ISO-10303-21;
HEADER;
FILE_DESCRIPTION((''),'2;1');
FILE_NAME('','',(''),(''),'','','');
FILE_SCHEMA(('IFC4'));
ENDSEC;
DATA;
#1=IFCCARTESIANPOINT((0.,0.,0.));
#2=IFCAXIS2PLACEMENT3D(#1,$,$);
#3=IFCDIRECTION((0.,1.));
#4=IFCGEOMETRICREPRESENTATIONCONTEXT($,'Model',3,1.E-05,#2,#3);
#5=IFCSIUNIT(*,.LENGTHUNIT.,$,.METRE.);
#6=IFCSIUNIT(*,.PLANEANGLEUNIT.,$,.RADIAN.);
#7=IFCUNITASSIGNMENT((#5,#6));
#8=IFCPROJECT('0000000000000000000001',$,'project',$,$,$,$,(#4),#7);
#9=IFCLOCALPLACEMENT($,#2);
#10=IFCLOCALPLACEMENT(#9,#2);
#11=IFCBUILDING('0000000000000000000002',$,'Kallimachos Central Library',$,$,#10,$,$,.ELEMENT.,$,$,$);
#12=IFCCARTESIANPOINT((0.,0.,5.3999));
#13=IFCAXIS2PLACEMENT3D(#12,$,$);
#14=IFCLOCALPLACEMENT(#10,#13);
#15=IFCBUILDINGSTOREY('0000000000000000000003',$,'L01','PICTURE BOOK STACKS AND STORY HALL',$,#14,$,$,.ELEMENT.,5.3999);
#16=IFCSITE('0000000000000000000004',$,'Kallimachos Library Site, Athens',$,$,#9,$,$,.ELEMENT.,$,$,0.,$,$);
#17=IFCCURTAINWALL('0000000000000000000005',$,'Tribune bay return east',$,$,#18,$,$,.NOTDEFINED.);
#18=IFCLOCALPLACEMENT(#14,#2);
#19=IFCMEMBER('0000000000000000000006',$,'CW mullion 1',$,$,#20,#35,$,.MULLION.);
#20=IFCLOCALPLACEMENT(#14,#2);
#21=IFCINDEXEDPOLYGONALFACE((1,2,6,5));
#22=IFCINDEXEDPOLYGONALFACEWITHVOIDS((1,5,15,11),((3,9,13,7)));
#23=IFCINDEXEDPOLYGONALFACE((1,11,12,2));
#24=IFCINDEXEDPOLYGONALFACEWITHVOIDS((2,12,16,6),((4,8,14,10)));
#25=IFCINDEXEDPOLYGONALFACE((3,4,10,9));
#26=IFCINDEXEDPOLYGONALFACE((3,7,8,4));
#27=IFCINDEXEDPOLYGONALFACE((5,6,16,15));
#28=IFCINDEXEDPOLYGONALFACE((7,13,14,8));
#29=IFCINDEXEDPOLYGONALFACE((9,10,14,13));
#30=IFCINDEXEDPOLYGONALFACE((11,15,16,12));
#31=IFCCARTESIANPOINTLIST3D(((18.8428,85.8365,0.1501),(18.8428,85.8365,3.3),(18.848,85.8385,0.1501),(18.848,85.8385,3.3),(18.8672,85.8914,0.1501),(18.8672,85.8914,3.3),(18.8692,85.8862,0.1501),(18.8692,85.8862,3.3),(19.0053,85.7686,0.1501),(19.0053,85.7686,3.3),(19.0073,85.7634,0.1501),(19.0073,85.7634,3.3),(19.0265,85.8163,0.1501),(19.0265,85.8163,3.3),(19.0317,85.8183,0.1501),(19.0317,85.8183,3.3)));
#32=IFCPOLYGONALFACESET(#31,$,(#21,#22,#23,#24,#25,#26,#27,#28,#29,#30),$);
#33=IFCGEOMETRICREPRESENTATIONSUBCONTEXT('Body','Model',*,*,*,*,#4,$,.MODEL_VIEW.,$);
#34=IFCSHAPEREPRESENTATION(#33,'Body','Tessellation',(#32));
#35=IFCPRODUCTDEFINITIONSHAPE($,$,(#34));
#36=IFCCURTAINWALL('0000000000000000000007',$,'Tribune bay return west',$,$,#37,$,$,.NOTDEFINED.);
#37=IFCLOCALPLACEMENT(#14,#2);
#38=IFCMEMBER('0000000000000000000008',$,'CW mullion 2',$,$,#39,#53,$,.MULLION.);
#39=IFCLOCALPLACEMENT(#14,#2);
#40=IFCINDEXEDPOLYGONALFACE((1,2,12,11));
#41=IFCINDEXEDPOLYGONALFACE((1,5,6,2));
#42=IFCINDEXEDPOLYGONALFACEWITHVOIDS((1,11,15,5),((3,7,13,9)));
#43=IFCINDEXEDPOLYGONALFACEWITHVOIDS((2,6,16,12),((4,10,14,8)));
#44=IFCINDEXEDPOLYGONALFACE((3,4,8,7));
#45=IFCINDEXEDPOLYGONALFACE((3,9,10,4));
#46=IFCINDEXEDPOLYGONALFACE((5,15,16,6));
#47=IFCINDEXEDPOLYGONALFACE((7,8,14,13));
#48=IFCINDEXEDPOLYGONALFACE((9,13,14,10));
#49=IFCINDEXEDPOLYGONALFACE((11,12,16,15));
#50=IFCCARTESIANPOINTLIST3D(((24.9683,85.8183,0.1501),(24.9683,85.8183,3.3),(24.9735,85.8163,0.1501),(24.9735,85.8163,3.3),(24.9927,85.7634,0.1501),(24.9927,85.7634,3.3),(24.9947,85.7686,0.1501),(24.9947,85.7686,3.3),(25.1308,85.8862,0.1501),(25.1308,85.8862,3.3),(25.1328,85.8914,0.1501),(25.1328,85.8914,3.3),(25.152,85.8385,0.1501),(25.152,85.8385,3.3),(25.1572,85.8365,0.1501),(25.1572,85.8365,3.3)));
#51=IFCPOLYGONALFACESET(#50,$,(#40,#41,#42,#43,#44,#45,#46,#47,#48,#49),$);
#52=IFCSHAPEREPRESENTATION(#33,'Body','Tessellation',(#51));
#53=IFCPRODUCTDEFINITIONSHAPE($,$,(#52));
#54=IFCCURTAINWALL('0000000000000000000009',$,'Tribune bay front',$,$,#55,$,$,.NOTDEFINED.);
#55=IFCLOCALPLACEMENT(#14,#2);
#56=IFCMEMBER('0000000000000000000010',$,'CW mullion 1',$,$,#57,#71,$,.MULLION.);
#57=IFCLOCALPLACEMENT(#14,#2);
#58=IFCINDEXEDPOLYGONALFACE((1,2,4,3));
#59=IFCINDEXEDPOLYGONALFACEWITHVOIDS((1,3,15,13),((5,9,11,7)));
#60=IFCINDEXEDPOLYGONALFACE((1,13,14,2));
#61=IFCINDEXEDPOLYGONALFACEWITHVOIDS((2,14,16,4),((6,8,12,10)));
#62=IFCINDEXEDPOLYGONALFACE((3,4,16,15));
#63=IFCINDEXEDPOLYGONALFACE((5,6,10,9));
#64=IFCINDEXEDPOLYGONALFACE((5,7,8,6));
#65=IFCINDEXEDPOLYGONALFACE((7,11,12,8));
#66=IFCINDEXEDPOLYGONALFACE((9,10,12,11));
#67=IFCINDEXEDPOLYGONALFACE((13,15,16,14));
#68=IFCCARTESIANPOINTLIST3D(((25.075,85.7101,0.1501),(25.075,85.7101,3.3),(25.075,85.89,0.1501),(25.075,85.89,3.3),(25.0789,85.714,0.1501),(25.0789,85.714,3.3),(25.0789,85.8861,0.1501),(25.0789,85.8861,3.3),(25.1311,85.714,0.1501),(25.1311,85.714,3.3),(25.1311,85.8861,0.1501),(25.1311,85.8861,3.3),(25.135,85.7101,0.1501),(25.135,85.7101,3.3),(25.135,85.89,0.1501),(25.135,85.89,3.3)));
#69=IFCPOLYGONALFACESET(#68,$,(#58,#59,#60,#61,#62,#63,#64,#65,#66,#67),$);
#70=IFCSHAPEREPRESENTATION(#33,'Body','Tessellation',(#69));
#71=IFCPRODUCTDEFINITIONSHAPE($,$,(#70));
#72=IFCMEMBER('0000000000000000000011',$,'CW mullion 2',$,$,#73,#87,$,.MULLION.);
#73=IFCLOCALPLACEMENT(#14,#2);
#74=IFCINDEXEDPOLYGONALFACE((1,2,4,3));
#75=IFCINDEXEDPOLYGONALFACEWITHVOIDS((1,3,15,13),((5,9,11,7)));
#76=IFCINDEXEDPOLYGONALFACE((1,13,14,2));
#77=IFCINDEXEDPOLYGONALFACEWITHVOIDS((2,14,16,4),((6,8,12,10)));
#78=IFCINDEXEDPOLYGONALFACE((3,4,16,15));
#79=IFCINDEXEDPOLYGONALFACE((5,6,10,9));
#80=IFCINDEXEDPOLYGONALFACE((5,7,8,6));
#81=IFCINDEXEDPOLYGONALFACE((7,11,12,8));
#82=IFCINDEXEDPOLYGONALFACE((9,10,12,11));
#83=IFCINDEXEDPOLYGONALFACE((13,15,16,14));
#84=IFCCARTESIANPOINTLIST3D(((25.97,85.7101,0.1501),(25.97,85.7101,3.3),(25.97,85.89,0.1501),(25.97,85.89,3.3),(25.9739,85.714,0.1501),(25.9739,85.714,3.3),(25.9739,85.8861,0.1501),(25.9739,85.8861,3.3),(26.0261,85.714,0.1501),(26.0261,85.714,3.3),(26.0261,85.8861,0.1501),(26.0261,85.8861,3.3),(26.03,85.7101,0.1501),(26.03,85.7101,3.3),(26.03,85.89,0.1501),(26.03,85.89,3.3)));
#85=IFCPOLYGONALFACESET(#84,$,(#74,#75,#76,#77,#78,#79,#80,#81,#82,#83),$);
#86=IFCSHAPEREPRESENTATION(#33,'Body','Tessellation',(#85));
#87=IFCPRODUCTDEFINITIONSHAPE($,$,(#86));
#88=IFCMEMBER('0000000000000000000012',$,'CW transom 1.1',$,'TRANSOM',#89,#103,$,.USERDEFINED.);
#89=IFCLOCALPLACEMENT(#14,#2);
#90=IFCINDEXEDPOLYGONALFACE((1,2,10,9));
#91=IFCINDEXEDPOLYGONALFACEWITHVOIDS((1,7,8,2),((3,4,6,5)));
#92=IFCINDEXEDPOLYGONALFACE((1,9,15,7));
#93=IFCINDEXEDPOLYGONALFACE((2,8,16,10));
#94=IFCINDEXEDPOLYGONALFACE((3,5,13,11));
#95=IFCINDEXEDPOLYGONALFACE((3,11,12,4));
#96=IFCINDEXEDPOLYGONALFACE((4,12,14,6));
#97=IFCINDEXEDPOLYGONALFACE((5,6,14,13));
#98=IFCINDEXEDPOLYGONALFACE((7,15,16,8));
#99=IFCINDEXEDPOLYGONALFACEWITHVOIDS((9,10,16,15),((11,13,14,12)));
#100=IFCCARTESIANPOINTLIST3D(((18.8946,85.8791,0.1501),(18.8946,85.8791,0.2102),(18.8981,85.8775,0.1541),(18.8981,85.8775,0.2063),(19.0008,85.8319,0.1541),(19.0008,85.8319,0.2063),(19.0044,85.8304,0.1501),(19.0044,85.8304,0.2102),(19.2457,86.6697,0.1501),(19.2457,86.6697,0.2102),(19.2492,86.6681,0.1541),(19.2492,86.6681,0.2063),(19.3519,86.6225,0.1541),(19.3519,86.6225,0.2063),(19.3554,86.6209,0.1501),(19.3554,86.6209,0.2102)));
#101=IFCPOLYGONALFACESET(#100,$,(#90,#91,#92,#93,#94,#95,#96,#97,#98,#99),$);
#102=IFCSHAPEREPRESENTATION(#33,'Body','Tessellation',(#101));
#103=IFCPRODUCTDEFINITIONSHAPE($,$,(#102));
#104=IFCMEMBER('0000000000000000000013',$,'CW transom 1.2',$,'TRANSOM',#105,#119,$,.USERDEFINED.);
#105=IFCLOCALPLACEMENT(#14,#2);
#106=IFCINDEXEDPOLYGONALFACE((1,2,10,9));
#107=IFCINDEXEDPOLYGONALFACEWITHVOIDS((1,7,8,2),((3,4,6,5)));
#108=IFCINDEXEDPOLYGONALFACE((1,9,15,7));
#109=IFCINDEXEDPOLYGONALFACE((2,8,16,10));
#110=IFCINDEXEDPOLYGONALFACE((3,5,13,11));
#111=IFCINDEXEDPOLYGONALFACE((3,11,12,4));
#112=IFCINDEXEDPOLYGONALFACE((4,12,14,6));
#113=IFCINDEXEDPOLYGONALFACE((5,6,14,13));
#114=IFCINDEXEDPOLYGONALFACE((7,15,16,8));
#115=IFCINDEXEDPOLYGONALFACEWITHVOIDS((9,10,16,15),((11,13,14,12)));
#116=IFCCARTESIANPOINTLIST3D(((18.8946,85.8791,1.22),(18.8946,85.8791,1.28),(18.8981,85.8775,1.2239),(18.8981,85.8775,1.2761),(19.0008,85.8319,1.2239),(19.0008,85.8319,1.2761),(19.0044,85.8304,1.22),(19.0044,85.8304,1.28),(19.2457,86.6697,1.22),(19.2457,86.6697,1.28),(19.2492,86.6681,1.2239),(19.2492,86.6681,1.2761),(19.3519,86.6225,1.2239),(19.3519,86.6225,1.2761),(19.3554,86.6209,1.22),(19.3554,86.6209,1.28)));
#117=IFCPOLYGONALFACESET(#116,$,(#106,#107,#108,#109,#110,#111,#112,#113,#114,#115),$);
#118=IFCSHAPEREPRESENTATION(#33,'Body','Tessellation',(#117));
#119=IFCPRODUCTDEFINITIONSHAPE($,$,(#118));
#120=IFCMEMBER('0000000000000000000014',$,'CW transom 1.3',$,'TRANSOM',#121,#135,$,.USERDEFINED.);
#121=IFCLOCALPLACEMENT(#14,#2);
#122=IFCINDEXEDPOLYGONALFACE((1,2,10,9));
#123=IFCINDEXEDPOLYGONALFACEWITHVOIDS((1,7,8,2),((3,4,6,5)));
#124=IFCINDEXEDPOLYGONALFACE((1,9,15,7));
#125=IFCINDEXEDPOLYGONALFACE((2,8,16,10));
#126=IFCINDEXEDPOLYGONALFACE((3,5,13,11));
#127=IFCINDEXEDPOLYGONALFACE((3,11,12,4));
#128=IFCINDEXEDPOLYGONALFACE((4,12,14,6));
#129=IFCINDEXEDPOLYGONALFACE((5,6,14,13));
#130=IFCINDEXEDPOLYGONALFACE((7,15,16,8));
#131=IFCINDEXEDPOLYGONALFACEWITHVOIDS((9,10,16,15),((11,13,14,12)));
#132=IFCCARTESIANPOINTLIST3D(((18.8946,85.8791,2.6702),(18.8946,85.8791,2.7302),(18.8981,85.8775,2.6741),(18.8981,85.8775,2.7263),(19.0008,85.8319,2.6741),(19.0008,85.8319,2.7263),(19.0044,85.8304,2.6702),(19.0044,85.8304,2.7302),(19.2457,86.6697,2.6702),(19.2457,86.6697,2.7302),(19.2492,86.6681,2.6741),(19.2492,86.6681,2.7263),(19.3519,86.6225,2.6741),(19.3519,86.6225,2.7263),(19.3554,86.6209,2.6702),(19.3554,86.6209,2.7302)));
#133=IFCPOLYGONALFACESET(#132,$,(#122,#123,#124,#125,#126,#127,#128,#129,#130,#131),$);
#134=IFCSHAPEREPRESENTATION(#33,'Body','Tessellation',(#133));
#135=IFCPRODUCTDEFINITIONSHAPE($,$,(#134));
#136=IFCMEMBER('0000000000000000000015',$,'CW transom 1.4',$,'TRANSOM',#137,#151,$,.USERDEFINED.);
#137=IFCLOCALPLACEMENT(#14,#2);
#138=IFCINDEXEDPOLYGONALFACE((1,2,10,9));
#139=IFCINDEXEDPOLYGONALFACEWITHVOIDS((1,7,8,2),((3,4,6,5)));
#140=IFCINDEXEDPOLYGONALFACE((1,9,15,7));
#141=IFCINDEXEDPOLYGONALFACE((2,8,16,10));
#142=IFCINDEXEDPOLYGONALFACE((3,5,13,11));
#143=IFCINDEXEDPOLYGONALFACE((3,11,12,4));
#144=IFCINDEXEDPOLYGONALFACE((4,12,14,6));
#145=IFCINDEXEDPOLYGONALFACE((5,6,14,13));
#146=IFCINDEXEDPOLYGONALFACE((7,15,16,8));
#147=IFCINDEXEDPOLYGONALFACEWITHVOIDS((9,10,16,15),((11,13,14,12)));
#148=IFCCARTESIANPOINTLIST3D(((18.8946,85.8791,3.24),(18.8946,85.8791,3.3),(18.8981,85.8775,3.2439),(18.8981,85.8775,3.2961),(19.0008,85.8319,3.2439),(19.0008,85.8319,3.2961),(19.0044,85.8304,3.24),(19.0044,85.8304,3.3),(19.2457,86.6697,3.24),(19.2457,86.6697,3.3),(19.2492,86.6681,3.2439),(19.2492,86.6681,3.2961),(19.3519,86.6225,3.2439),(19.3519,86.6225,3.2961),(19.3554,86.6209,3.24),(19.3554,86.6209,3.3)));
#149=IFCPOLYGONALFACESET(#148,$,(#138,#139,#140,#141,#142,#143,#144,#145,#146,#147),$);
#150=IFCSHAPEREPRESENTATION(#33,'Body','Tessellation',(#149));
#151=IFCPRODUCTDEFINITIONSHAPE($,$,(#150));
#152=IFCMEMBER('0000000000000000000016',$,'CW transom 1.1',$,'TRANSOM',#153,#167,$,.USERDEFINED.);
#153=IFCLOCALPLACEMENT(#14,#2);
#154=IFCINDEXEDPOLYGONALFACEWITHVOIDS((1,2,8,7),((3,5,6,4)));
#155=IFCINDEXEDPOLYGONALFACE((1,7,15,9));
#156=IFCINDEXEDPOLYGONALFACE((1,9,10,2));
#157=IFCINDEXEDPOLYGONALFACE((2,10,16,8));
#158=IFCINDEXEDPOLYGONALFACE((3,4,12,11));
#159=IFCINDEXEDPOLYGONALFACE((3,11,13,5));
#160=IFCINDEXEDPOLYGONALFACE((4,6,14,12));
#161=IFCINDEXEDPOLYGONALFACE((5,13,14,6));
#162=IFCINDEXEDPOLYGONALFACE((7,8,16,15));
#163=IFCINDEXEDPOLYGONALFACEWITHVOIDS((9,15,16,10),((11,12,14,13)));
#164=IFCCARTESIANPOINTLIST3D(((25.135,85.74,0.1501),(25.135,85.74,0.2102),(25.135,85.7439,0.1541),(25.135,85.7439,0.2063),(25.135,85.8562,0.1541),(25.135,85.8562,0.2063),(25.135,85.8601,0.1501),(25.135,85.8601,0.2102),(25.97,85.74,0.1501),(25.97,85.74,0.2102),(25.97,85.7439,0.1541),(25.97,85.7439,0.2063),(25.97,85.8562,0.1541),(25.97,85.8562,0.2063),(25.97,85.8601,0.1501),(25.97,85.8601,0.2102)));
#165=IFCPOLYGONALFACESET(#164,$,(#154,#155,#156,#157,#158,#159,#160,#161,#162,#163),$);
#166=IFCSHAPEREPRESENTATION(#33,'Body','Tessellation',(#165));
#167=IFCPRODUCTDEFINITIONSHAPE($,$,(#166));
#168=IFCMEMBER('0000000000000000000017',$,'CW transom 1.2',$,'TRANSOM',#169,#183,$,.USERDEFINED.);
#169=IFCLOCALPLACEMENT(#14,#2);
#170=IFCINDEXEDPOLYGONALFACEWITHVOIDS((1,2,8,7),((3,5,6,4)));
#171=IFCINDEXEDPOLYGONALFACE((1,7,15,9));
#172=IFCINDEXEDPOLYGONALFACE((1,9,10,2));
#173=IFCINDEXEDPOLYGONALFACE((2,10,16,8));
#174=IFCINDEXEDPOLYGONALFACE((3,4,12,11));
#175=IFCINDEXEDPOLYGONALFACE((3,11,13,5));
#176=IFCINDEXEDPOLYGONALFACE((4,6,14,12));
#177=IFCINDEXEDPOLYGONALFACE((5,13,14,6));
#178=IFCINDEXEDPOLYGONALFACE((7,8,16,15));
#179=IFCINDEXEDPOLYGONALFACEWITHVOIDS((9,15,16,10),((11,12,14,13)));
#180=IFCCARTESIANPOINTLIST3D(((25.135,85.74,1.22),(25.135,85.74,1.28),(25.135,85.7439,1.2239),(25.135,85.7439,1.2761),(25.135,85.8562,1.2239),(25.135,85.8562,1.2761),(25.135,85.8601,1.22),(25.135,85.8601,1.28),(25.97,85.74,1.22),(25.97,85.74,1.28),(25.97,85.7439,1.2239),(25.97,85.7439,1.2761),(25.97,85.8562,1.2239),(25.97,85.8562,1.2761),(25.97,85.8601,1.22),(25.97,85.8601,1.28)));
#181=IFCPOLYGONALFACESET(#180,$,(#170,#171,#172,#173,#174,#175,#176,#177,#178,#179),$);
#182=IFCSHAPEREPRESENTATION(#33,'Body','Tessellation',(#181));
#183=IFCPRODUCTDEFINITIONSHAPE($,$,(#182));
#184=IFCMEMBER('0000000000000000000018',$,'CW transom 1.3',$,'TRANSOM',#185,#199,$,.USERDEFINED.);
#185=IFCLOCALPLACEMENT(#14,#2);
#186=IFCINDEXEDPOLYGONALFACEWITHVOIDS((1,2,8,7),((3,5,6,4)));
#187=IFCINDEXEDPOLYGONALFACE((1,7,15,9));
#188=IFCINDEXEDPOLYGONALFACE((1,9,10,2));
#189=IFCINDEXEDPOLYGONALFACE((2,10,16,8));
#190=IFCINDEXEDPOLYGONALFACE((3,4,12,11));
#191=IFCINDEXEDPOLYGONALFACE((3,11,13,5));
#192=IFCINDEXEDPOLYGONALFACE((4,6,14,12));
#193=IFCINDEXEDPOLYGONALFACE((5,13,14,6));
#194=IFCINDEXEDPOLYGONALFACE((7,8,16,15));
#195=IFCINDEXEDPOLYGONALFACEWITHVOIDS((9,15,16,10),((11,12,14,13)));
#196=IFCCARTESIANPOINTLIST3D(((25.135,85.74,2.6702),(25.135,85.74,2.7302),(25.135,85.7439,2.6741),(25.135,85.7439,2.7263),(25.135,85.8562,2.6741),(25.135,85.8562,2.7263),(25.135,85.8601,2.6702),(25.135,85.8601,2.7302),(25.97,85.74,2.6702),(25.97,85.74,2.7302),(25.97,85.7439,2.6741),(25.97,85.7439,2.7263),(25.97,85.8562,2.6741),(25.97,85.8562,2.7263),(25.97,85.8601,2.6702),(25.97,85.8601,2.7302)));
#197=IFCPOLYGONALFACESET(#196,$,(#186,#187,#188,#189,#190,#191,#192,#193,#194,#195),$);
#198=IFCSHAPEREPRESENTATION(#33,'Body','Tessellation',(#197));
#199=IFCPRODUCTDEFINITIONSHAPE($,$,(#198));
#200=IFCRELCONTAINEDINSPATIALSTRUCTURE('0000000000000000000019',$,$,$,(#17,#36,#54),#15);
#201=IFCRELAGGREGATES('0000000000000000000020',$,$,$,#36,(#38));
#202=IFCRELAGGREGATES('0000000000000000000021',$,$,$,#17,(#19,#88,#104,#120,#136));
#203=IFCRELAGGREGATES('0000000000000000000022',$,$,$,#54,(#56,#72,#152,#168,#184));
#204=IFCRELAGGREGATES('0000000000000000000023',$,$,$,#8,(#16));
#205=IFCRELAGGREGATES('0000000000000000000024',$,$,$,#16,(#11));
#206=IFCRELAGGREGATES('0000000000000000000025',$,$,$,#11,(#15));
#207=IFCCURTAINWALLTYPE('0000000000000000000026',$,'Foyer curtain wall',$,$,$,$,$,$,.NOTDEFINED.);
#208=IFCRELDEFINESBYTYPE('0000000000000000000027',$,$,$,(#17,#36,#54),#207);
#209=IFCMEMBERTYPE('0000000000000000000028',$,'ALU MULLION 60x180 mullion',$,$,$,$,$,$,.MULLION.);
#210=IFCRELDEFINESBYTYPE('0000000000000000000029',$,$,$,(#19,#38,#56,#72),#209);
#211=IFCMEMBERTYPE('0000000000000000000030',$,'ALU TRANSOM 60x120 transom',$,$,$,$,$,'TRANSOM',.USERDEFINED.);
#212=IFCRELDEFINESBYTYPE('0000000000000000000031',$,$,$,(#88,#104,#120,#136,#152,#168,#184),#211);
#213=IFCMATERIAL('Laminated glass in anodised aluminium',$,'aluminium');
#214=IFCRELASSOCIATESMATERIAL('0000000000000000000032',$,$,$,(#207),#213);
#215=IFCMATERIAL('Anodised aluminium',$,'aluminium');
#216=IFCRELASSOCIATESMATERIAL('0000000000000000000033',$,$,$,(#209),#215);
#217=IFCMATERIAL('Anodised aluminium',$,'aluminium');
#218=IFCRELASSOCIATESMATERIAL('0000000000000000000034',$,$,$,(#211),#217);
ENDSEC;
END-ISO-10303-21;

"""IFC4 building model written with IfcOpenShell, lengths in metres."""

from ifc_helpers import new_model, si_unit, direction, frame, origin, origin_2d, place, context, subcontext, project, spatial, hollow_rectangle, extrude, material, material_profile, profile_set, type_object, element, aggregate, save


model = new_model("IFC4")

# Units and contexts
model_context = context("Model", 3, precision=1e-05, world=origin(), true_north=direction((0.0, 1.0)))
body_context = subcontext(model_context, "Body", "Model", "MODEL_VIEW")
ifc_project = project(units=[si_unit("LENGTHUNIT", "METRE"), si_unit("PLANEANGLEUNIT", "RADIAN")], contexts=[model_context])

# Site, building, storey
site_placement = place(None, origin())
site = spatial("IfcSite", under=ifc_project, at=site_placement, Name="Kallimachos Library Site, Athens", CompositionType="ELEMENT", RefElevation=0.0)
building_placement = place(site_placement, origin())
building = spatial("IfcBuilding", under=site, at=building_placement, Name="Kallimachos Central Library", CompositionType="ELEMENT")
storey_placement = place(building_placement, frame((0.0, 0.0, 5.3999)))
storey = spatial("IfcBuildingStorey", under=building, at=storey_placement, Name="L01", Description="PICTURE BOOK STACKS AND STORY HALL", CompositionType="ELEMENT", Elevation=5.3999)

# Curtain walls, members
ifc_material_1 = material(Name="Laminated glass in anodised aluminium", Category="aluminium")
curtain_wall_type = type_object("IfcCurtainWallType", Name="Foyer curtain wall", PredefinedType="NOTDEFINED", material=ifc_material_1)
curtain_wall_1_placement = place(storey_placement, origin())
curtain_wall_1 = element("IfcCurtainWall", 1, at=curtain_wall_1_placement, inside=storey, type_object=curtain_wall_type, Name="Tribune bay return east", PredefinedType="NOTDEFINED")
ifc_material_2 = material(Name="Anodised aluminium", Category="aluminium")
ifc_material_profile_1 = material_profile(ifc_material_2, hollow_rectangle(XDim=0.0601, YDim=0.1799, WallThickness=0.0039, at=origin_2d()), Name="ALU MULLION 60x180")
ifc_profile_set_1 = profile_set([ifc_material_profile_1], Name="Anodised aluminium")
member_type_1 = type_object("IfcMemberType", Name="ALU MULLION 60x180 mullion", PredefinedType="MULLION", material=ifc_profile_set_1)
member_1_placement = place(storey_placement, frame((18.9373, 85.8274, 0.1501), z_axis=(0.0, 0.0, 1.0), x_axis=(0.406138, 0.913812, 0.0)))
member_1 = element("IfcMember", 2, at=member_1_placement, type_object=member_type_1, Name="CW mullion 1", PredefinedType="MULLION", context=body_context, shape_type="SweptSolid", body=[
    extrude(hollow_rectangle(XDim=0.0601, YDim=0.1799, WallThickness=0.0039, at=origin_2d()), origin(), (0.0, 0.0, 1.0), 3.1499),
])
curtain_wall_2_placement = place(storey_placement, origin())
curtain_wall_2 = element("IfcCurtainWall", 3, at=curtain_wall_2_placement, inside=storey, type_object=curtain_wall_type, Name="Tribune bay return west", PredefinedType="NOTDEFINED")
member_2_placement = place(storey_placement, frame((25.0627, 85.8274, 0.1501), z_axis=(0.0, 0.0, 1.0), x_axis=(0.406138, -0.913812, 0.0)))
member_2 = element("IfcMember", 4, at=member_2_placement, type_object=member_type_1, Name="CW mullion 2", PredefinedType="MULLION", context=body_context, shape_type="SweptSolid", body=[
    extrude(hollow_rectangle(XDim=0.0601, YDim=0.1799, WallThickness=0.0039, at=origin_2d()), origin(), (0.0, 0.0, 1.0), 3.1499),
])
aggregate(curtain_wall_2, [member_2])

# Curtain wall, members
curtain_wall_3_placement = place(storey_placement, origin())
curtain_wall_3 = element("IfcCurtainWall", 5, at=curtain_wall_3_placement, inside=storey, type_object=curtain_wall_type, Name="Tribune bay front", PredefinedType="NOTDEFINED")
member_3_placement = place(storey_placement, frame((25.105, 85.8, 0.1501), z_axis=(0.0, 0.0, 1.0), x_axis=(1.0, 0.0, 0.0)))
member_3 = element("IfcMember", 6, at=member_3_placement, type_object=member_type_1, Name="CW mullion 1", PredefinedType="MULLION", context=body_context, shape_type="SweptSolid", body=[
    extrude(hollow_rectangle(XDim=0.0601, YDim=0.1799, WallThickness=0.0039, at=origin_2d()), origin(), (0.0, 0.0, 1.0), 3.1499),
])
member_4_placement = place(storey_placement, frame((26.0, 85.8, 0.1501), z_axis=(0.0, 0.0, 1.0), x_axis=(1.0, 0.0, 0.0)))
member_4 = element("IfcMember", 7, at=member_4_placement, type_object=member_type_1, Name="CW mullion 2", PredefinedType="MULLION", context=body_context, shape_type="SweptSolid", body=[
    extrude(hollow_rectangle(XDim=0.0601, YDim=0.1799, WallThickness=0.0039, at=origin_2d()), origin(), (0.0, 0.0, 1.0), 3.1499),
])

# Members
ifc_material_3 = material(Name="Anodised aluminium", Category="aluminium")
ifc_material_profile_2 = material_profile(ifc_material_3, hollow_rectangle(XDim=0.0601, YDim=0.1201, WallThickness=0.0039, at=origin_2d()), Name="ALU TRANSOM 60x120")
ifc_profile_set_2 = profile_set([ifc_material_profile_2], Name="Anodised aluminium")
member_type_2 = type_object("IfcMemberType", Name="ALU TRANSOM 60x120 transom", ElementType="TRANSOM", PredefinedType="USERDEFINED", material=ifc_profile_set_2)
member_5_placement = place(storey_placement, frame((18.9495, 85.8547, 0.1802), z_axis=(0.405877, 0.913928, 0.0), x_axis=(0.0, 0.0, 1.0)))
member_5 = element("IfcMember", 8, at=member_5_placement, type_object=member_type_2, Name="CW transom 1.1", ObjectType="TRANSOM", PredefinedType="USERDEFINED", context=body_context, shape_type="SweptSolid", body=[
    extrude(hollow_rectangle(XDim=0.0601, YDim=0.1201, WallThickness=0.0039, at=origin_2d()), origin(), (0.0, 0.0, 1.0), 0.865),
])
member_6_placement = place(storey_placement, frame((18.9495, 85.8547, 1.25), z_axis=(0.405877, 0.913928, 0.0), x_axis=(0.0, 0.0, 1.0)))
member_6 = element("IfcMember", 9, at=member_6_placement, type_object=member_type_2, Name="CW transom 1.2", ObjectType="TRANSOM", PredefinedType="USERDEFINED", context=body_context, shape_type="SweptSolid", body=[
    extrude(hollow_rectangle(XDim=0.0601, YDim=0.1201, WallThickness=0.0039, at=origin_2d()), origin(), (0.0, 0.0, 1.0), 0.865),
])
member_7_placement = place(storey_placement, frame((18.9495, 85.8547, 2.7002), z_axis=(0.405877, 0.913928, 0.0), x_axis=(0.0, 0.0, 1.0)))
member_7 = element("IfcMember", 10, at=member_7_placement, type_object=member_type_2, Name="CW transom 1.3", ObjectType="TRANSOM", PredefinedType="USERDEFINED", context=body_context, shape_type="SweptSolid", body=[
    extrude(hollow_rectangle(XDim=0.0601, YDim=0.1201, WallThickness=0.0039, at=origin_2d()), origin(), (0.0, 0.0, 1.0), 0.865),
])
member_8_placement = place(storey_placement, frame((18.9495, 85.8547, 3.27), z_axis=(0.405877, 0.913928, 0.0), x_axis=(0.0, 0.0, 1.0)))
member_8 = element("IfcMember", 11, at=member_8_placement, type_object=member_type_2, Name="CW transom 1.4", ObjectType="TRANSOM", PredefinedType="USERDEFINED", context=body_context, shape_type="SweptSolid", body=[
    extrude(hollow_rectangle(XDim=0.0601, YDim=0.1201, WallThickness=0.0039, at=origin_2d()), origin(), (0.0, 0.0, 1.0), 0.865),
])
aggregate(curtain_wall_1, [member_1, member_5, member_6, member_7, member_8])
member_9_placement = place(storey_placement, frame((25.135, 85.8, 0.1802), z_axis=(1.0, 0.0, 0.0), x_axis=(0.0, 0.0, 1.0)))
member_9 = element("IfcMember", 12, at=member_9_placement, type_object=member_type_2, Name="CW transom 1.1", ObjectType="TRANSOM", PredefinedType="USERDEFINED", context=body_context, shape_type="SweptSolid", body=[
    extrude(hollow_rectangle(XDim=0.0601, YDim=0.1201, WallThickness=0.0039, at=origin_2d()), origin(), (0.0, 0.0, 1.0), 0.835),
])
member_10_placement = place(storey_placement, frame((25.135, 85.8, 1.25), z_axis=(1.0, 0.0, 0.0), x_axis=(0.0, 0.0, 1.0)))
member_10 = element("IfcMember", 13, at=member_10_placement, type_object=member_type_2, Name="CW transom 1.2", ObjectType="TRANSOM", PredefinedType="USERDEFINED", context=body_context, shape_type="SweptSolid", body=[
    extrude(hollow_rectangle(XDim=0.0601, YDim=0.1201, WallThickness=0.0039, at=origin_2d()), origin(), (0.0, 0.0, 1.0), 0.835),
])
member_11_placement = place(storey_placement, frame((25.135, 85.8, 2.7002), z_axis=(1.0, 0.0, 0.0), x_axis=(0.0, 0.0, 1.0)))
member_11 = element("IfcMember", 14, at=member_11_placement, type_object=member_type_2, Name="CW transom 1.3", ObjectType="TRANSOM", PredefinedType="USERDEFINED", context=body_context, shape_type="SweptSolid", body=[
    extrude(hollow_rectangle(XDim=0.0601, YDim=0.1201, WallThickness=0.0039, at=origin_2d()), origin(), (0.0, 0.0, 1.0), 0.835),
])

aggregate(curtain_wall_3, [member_3, member_4, member_9, member_10, member_11])

save(model, "model.ifc")
